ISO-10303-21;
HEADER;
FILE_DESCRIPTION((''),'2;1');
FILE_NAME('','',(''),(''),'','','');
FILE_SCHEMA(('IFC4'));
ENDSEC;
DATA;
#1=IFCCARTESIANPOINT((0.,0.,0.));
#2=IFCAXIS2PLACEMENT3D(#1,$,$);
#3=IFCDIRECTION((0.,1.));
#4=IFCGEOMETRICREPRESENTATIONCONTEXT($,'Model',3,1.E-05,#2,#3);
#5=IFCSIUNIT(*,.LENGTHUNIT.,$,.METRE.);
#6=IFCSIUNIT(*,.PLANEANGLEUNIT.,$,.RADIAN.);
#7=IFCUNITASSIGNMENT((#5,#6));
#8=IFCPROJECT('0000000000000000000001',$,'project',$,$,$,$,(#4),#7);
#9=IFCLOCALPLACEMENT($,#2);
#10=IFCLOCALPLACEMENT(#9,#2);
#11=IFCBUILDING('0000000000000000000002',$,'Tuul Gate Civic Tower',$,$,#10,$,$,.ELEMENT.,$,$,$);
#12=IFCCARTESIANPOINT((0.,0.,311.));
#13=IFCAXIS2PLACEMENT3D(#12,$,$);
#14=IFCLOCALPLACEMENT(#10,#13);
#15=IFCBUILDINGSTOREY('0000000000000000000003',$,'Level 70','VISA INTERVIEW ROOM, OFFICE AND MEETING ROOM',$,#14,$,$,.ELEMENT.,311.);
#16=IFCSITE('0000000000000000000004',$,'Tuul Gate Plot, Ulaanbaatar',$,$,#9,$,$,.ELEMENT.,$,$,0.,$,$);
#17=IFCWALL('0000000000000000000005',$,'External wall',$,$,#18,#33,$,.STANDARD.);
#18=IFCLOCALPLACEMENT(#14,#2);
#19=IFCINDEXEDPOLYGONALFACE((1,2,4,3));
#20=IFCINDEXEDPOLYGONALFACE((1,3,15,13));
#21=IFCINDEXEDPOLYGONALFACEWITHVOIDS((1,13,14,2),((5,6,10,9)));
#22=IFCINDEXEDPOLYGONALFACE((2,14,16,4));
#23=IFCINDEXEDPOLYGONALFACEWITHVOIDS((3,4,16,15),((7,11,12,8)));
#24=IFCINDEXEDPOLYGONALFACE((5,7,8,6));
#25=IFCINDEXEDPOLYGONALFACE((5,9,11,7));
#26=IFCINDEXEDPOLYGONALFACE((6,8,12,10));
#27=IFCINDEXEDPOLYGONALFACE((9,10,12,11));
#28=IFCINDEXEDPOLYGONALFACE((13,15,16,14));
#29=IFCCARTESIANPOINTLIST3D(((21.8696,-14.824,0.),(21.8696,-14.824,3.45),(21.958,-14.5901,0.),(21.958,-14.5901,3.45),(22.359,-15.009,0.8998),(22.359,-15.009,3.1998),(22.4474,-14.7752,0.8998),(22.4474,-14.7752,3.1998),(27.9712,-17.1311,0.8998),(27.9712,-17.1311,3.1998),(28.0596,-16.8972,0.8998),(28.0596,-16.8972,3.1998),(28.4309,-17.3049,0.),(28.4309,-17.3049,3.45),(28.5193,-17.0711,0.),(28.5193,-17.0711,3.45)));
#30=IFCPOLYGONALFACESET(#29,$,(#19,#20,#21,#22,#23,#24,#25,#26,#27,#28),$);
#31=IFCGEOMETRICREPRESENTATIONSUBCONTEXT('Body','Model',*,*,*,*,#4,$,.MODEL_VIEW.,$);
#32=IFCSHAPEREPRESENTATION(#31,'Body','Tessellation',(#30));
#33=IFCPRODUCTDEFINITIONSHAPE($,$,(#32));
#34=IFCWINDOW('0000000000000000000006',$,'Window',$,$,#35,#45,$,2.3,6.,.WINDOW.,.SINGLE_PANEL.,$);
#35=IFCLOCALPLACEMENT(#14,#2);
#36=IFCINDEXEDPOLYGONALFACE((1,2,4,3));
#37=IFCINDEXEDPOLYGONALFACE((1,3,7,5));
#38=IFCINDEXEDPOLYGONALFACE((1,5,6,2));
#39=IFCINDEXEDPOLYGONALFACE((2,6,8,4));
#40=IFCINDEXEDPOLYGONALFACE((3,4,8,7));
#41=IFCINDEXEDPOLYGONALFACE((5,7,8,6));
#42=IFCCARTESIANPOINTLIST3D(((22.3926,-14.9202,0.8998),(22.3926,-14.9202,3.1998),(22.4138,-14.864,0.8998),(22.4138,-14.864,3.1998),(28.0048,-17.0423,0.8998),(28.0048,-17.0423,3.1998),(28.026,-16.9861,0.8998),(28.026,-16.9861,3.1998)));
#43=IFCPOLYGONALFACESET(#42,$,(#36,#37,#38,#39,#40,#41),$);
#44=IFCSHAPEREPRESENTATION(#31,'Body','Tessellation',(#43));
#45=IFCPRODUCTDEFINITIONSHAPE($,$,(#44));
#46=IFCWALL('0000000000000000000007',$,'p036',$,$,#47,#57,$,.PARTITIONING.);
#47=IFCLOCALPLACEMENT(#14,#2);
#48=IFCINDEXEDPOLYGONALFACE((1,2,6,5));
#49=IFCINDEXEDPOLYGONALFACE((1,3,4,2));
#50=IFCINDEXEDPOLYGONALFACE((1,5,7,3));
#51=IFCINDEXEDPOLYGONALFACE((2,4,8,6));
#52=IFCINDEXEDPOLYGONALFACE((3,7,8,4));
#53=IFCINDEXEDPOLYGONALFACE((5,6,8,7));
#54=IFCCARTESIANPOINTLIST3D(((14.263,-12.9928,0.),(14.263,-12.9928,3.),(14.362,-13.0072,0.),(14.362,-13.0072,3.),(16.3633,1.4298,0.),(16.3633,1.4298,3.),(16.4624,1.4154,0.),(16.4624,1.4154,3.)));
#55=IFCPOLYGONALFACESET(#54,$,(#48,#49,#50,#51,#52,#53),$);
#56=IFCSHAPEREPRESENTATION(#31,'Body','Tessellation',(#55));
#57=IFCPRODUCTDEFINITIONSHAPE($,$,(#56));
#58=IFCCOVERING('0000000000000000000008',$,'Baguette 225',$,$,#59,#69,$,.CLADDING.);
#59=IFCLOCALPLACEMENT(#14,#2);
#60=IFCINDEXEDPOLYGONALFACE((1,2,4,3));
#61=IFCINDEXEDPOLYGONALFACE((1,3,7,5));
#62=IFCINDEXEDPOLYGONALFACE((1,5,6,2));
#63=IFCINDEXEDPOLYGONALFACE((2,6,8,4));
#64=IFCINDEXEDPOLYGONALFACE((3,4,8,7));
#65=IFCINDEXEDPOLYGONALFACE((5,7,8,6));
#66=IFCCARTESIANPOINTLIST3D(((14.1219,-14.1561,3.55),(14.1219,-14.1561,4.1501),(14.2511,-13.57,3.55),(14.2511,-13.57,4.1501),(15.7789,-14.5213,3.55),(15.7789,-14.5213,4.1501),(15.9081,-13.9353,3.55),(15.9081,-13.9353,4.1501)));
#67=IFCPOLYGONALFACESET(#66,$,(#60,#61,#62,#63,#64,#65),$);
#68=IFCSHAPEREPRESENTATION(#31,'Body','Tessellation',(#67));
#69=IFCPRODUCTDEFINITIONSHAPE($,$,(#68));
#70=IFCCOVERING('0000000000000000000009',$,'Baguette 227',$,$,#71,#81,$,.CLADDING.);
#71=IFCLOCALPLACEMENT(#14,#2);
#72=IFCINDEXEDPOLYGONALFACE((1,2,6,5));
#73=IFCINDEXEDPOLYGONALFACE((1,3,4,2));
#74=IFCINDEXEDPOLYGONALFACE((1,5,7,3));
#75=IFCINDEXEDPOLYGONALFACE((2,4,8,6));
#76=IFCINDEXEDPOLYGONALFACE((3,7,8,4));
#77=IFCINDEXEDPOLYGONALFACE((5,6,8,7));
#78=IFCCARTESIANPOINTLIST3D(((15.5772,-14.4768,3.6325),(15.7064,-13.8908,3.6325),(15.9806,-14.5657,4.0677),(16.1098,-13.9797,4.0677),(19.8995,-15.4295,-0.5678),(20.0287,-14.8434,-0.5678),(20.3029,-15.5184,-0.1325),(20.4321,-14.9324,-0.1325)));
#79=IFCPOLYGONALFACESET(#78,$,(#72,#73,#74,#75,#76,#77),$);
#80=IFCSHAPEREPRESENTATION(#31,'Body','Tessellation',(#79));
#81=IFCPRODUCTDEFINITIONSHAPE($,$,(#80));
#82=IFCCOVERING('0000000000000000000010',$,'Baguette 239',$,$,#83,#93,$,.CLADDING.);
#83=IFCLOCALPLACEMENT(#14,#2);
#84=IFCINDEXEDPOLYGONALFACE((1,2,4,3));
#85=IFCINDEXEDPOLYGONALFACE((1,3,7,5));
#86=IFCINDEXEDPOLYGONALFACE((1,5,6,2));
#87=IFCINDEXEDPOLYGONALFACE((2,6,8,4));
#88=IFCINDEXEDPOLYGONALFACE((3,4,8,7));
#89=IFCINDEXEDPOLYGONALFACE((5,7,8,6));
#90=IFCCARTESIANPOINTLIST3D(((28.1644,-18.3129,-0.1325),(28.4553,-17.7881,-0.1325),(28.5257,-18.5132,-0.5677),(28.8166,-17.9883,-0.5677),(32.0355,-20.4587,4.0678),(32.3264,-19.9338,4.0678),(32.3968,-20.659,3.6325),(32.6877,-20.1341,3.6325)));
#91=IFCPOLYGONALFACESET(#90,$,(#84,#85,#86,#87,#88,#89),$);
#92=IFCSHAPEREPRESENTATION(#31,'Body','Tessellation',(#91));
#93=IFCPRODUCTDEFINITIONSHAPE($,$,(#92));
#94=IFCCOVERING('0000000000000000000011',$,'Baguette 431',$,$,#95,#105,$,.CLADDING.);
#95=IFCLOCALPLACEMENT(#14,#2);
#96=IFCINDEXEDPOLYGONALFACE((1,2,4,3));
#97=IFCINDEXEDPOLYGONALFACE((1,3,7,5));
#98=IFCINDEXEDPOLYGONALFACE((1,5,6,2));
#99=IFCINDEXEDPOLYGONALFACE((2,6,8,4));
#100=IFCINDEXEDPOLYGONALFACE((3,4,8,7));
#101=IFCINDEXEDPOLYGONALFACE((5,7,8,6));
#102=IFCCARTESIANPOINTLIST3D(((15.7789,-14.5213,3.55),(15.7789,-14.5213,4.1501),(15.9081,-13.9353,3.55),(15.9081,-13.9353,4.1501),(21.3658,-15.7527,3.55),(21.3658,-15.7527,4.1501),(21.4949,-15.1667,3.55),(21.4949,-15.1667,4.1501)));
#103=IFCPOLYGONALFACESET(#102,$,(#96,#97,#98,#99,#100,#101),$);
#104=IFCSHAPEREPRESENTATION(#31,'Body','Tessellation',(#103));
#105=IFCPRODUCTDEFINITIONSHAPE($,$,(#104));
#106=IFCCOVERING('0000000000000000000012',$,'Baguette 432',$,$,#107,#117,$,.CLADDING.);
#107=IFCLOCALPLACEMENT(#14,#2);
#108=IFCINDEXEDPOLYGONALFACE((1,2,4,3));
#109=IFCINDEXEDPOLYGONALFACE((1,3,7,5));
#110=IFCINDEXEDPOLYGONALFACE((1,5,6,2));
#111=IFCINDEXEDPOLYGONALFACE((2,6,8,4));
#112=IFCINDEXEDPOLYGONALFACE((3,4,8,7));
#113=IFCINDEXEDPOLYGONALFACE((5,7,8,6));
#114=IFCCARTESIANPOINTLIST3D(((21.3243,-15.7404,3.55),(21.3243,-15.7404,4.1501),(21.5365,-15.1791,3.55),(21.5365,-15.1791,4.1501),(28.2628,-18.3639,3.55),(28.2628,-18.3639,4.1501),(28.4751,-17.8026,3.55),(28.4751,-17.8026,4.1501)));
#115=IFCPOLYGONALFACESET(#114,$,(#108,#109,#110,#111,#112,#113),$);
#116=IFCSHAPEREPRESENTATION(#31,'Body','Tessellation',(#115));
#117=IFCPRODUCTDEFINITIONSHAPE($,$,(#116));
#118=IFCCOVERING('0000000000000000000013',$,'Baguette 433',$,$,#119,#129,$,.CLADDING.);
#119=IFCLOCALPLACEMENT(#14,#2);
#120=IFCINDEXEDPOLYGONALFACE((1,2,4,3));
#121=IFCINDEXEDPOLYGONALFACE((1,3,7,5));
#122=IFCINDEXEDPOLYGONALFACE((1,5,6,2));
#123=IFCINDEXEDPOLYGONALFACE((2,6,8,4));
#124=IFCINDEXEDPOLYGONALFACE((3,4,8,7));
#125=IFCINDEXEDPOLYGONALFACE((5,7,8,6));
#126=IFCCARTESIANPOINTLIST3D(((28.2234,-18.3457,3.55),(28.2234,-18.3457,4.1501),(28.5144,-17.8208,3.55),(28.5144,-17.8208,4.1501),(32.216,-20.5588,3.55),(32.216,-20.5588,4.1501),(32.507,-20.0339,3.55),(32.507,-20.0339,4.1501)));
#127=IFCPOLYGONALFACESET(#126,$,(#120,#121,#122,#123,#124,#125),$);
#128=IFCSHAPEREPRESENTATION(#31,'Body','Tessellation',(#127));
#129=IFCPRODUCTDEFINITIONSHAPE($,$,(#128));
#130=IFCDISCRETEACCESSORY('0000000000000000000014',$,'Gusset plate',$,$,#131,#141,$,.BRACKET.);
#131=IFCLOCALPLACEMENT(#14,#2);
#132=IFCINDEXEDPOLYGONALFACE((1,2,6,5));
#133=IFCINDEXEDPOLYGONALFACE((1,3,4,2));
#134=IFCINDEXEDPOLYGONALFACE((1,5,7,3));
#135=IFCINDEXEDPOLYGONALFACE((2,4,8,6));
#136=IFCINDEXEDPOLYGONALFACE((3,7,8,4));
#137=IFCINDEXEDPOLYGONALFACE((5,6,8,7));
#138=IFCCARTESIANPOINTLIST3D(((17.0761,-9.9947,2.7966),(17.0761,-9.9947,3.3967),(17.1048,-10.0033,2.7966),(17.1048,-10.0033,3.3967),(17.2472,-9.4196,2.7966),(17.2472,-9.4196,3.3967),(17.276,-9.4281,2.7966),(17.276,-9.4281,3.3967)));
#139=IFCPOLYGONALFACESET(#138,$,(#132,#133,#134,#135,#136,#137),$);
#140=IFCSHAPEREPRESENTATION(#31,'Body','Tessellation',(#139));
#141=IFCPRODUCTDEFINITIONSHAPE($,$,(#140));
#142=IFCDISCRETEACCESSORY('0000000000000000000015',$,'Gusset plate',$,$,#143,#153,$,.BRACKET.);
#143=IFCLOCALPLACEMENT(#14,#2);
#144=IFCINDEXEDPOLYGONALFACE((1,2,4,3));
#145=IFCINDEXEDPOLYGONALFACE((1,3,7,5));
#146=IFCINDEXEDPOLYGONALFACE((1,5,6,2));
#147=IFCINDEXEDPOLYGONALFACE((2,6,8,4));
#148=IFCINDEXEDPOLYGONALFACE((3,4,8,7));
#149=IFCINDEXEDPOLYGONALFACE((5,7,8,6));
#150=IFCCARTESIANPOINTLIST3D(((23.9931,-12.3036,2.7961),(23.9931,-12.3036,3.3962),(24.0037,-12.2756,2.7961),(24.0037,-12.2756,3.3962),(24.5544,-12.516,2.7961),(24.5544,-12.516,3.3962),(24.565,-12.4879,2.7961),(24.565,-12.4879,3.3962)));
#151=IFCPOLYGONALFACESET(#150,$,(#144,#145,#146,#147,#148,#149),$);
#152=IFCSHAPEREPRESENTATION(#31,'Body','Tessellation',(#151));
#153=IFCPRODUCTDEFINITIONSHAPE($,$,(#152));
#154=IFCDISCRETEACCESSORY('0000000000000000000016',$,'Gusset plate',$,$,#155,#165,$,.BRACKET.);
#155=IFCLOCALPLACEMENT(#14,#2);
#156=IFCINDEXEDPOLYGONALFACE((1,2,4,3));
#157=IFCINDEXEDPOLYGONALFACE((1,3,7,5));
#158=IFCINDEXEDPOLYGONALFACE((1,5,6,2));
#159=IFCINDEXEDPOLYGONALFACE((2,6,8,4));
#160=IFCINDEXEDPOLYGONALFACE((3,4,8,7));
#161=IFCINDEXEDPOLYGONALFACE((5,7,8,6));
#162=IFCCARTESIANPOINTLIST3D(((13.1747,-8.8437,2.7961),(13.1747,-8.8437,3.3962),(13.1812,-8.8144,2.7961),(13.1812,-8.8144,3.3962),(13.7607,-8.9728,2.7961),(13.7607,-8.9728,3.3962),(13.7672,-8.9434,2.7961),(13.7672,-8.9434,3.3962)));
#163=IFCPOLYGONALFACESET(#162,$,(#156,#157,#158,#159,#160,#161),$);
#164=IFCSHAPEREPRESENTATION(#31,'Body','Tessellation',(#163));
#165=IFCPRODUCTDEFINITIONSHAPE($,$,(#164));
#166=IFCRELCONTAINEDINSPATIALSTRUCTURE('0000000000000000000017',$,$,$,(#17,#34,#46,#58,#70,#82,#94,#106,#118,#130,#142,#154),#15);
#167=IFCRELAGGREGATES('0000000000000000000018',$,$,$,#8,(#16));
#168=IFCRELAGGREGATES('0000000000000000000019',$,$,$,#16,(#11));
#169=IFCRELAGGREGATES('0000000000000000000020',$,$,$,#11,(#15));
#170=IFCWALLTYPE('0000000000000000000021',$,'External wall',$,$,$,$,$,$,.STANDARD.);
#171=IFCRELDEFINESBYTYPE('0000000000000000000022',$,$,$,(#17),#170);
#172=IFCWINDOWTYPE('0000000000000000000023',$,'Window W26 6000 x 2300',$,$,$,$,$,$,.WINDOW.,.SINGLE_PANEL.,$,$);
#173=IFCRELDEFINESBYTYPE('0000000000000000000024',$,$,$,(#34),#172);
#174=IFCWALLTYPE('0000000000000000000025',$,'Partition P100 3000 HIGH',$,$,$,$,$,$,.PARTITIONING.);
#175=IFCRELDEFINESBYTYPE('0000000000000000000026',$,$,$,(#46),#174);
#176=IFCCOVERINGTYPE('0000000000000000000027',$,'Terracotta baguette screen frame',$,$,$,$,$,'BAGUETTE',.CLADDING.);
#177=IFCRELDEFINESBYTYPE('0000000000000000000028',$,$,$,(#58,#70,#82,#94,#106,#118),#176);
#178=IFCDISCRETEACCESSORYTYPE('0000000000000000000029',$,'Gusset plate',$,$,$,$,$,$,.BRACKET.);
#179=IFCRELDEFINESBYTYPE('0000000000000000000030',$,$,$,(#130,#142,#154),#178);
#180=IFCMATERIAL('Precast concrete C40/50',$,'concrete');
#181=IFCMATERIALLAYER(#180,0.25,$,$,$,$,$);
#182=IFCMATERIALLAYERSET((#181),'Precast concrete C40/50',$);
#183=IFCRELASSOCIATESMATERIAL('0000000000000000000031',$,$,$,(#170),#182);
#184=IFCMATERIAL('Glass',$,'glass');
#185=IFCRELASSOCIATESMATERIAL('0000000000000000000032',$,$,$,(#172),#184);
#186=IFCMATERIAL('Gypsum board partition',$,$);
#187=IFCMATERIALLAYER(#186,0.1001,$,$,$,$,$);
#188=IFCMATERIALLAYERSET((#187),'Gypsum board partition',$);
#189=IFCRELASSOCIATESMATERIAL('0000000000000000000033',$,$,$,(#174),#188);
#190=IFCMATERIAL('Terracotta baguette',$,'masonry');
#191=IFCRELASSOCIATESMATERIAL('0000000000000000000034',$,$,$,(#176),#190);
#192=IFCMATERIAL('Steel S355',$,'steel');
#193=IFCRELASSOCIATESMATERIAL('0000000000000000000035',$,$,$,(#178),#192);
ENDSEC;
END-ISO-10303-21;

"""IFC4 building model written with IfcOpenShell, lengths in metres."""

from ifc_helpers import new_model, si_unit, direction, frame, frame_2d, origin, origin_2d, place, context, subcontext, project, spatial, rectangle, extrude, material, layer, layer_set, material_profile, profile_set, type_object, element, fill, save


model = new_model("IFC4")

# Units and contexts
model_context = context("Model", 3, precision=1e-05, world=origin(), true_north=direction((0.0, 1.0)))
body_context = subcontext(model_context, "Body", "Model", "MODEL_VIEW")
ifc_project = project(units=[si_unit("LENGTHUNIT", "METRE"), si_unit("PLANEANGLEUNIT", "RADIAN")], contexts=[model_context])

# Site, building, storey
site_placement = place(None, origin())
site = spatial("IfcSite", under=ifc_project, at=site_placement, Name="Tuul Gate Plot, Ulaanbaatar", CompositionType="ELEMENT", RefElevation=0.0)
building_placement = place(site_placement, origin())
building = spatial("IfcBuilding", under=site, at=building_placement, Name="Tuul Gate Civic Tower", CompositionType="ELEMENT")
storey_placement = place(building_placement, frame((0.0, 0.0, 311.0)))
storey = spatial("IfcBuildingStorey", under=building, at=storey_placement, Name="Level 70", Description="VISA INTERVIEW ROOM, OFFICE AND MEETING ROOM", CompositionType="ELEMENT", Elevation=311.0)

# Wall, opening, window
ifc_material_1 = material(Name="Precast concrete C40/50", Category="concrete")
ifc_layer_1 = layer(ifc_material_1, 0.25)
ifc_layer_set_1 = layer_set([ifc_layer_1], Name="Precast concrete C40/50")
wall_type_1 = type_object("IfcWallType", Name="External wall", PredefinedType="STANDARD", material=ifc_layer_set_1)
ifc_material_2 = material(Name="Glass", Category="glass")
window_type = type_object("IfcWindowType", Name="Window W26 6000 x 2300", PartitioningType="SINGLE_PANEL", PredefinedType="WINDOW", material=ifc_material_2)
wall_1_placement = place(storey_placement, frame((21.9138, -14.707, 0.0), z_axis=(0.0, 0.0, 1.0), x_axis=(0.935366, -0.353681, 0.0)))
wall_1 = element("IfcWall", 1, at=wall_1_placement, inside=storey, type_object=wall_type_1, Name="External wall", PredefinedType="STANDARD", context=body_context, shape_type="SweptSolid", body=[
    extrude(rectangle(XDim=7.0146, YDim=0.25, at=frame_2d((3.5073, 0.0))), origin(), (0.0, 0.0, 1.0), 3.45),
])
opening_1_placement = place(wall_1_placement, frame((0.5232, 0.0, 0.8999)))
opening_1 = element("IfcOpeningElement", 2, at=opening_1_placement, cuts=wall_1, PredefinedType="OPENING", context=body_context, shape_type="SweptSolid", body=[
    extrude(rectangle(XDim=6.0, YDim=2.3, at=frame_2d((3.0, 1.1499))), frame((0.0, 0.135, 0.0), z_axis=(0.0, -1.0, 0.0), x_axis=(1.0, 0.0, 0.0)), (0.0, 0.0, 1.0), 0.27),
])
window_1_placement = place(opening_1_placement, origin())
window_1 = element("IfcWindow", 3, at=window_1_placement, inside=storey, type_object=window_type, Name="Window", OverallHeight=2.3, OverallWidth=6.0, PartitioningType="SINGLE_PANEL", PredefinedType="WINDOW", context=body_context, shape_type="SweptSolid", body=[
    extrude(rectangle(XDim=6.0, YDim=2.3, at=frame_2d((3.0, 1.1499))), frame((0.0, 0.03, 0.0), z_axis=(0.0, -1.0, 0.0), x_axis=(1.0, 0.0, 0.0)), (0.0, 0.0, 1.0), 0.0601),
])
fill(opening_1, window_1)

# Wall
ifc_material_3 = material(Name="Gypsum board partition")
ifc_layer_2 = layer(ifc_material_3, 0.1001)
ifc_layer_set_2 = layer_set([ifc_layer_2], Name="Gypsum board partition")
wall_type_2 = type_object("IfcWallType", Name="Partition P100 3000 HIGH", PredefinedType="PARTITIONING", material=ifc_layer_set_2)
wall_2_placement = place(storey_placement, frame((14.3125, -13.0, 0.0), z_axis=(0.0, 0.0, 1.0), x_axis=(0.144108, 0.989562, 0.0)))
element("IfcWall", 4, at=wall_2_placement, inside=storey, type_object=wall_type_2, Name="p036", PredefinedType="PARTITIONING", context=body_context, shape_type="SweptSolid", body=[
    extrude(rectangle(XDim=14.5747, YDim=0.1001, at=frame_2d((7.2874, 0.0))), origin(), (0.0, 0.0, 1.0), 3.0),
])

# Coverings
ifc_material_4 = material(Name="Terracotta baguette", Category="masonry")
ifc_material_profile_1 = material_profile(ifc_material_4, rectangle(XDim=0.6001, YDim=0.6001, at=origin_2d()), Name="Terracotta baguette screen frame")
ifc_profile_set_1 = profile_set([ifc_material_profile_1], Name="Terracotta baguette")
covering_type = type_object("IfcCoveringType", Name="Terracotta baguette screen frame", ElementType="BAGUETTE", PredefinedType="CLADDING", material=ifc_profile_set_1)
covering_1_placement = place(storey_placement, frame((14.1865, -13.863, 3.8501), z_axis=(0.976558, -0.215254, 0.0), x_axis=(0.215254, 0.976558, 0.0)))
element("IfcCovering", 5, at=covering_1_placement, inside=storey, type_object=covering_type, Name="Baguette 225", PredefinedType="CLADDING", context=body_context, shape_type="SweptSolid", body=[
    extrude(rectangle(XDim=0.6001, YDim=0.6001, at=origin_2d()), origin(), (0.0, 0.0, 1.0), 1.6968),
])
for number, where, z_axis, x_axis, name in (
    (6, (15.8435, -14.2283, 3.8501), (0.708367, -0.156126, -0.688361), (0.215236, 0.976562, 0.0), "Baguette 227"),
    (7, (28.4905, -18.1506, -0.3501), (0.634424, -0.351662, 0.68836), (0.484804, 0.874623, 0.0), "Baguette 239"),
):
    element("IfcCovering", number, at=place(storey_placement, frame(where, z_axis=z_axis, x_axis=x_axis)), inside=storey, type_object=covering_type, Name=name, PredefinedType="CLADDING", context=body_context, shape_type="SweptSolid", body=[
        extrude(rectangle(XDim=0.6001, YDim=0.6001, at=origin_2d()), origin(), (0.0, 0.0, 1.0), 6.1018),
    ])
covering_2_placement = place(storey_placement, frame((15.8435, -14.2283, 3.8501), z_axis=(0.976559, -0.215249, 0.0), x_axis=(0.215249, 0.976559, 0.0)))
element("IfcCovering", 8, at=covering_2_placement, inside=storey, type_object=covering_type, Name="Baguette 431", PredefinedType="CLADDING", context=body_context, shape_type="SweptSolid", body=[
    extrude(rectangle(XDim=0.6001, YDim=0.6001, at=origin_2d()), origin(), (0.0, 0.0, 1.0), 5.7209),
])
covering_3_placement = place(storey_placement, frame((21.4304, -15.4597, 3.8501), z_axis=(0.935368, -0.353676, 0.0), x_axis=(0.353676, 0.935368, 0.0)))
element("IfcCovering", 9, at=covering_3_placement, inside=storey, type_object=covering_type, Name="Baguette 432", PredefinedType="CLADDING", context=body_context, shape_type="SweptSolid", body=[
    extrude(rectangle(XDim=0.6001, YDim=0.6001, at=origin_2d()), origin(), (0.0, 0.0, 1.0), 7.418),
])
covering_4_placement = place(storey_placement, frame((28.3689, -18.0833, 3.8501), z_axis=(0.874624, -0.484803, 0.0), x_axis=(0.484803, 0.874624, 0.0)))
element("IfcCovering", 10, at=covering_4_placement, inside=storey, type_object=covering_type, Name="Baguette 433", PredefinedType="CLADDING", context=body_context, shape_type="SweptSolid", body=[
    extrude(rectangle(XDim=0.6001, YDim=0.6001, at=origin_2d()), origin(), (0.0, 0.0, 1.0), 4.5649),
])

# Discrete accessories
ifc_material_5 = material(Name="Steel S355", Category="steel")
discrete_accessory_type = type_object("IfcDiscreteAccessoryType", Name="Gusset plate", PredefinedType="BRACKET", material=ifc_material_5)
for number, where, z_axis, x_axis, name in (
    (11, (17.176, -9.7114, 2.7966), (0.0, 0.0, 1.0), (0.285225, 0.958461, 0.0), "Gusset plate"),
    (12, (24.2791, -12.3958, 2.7961), (0.0, 0.0, 1.0), (-0.935324, 0.353792, 0.0), "Gusset plate"),
    (13, (13.4709, -8.8936, 2.7961), (0.0, 0.0, 1.0), (-0.976591, 0.215103, 0.0), "Gusset plate"),
):
    element("IfcDiscreteAccessory", number, at=place(storey_placement, frame(where, z_axis=z_axis, x_axis=x_axis)), inside=storey, type_object=discrete_accessory_type, Name=name, PredefinedType="BRACKET", context=body_context, shape_type="SweptSolid", body=[
        extrude(rectangle(XDim=0.6001, YDim=0.03, at=origin_2d()), origin(), (0.0, 0.0, 1.0), 0.6001),
    ])

save(model, "model.ifc")
